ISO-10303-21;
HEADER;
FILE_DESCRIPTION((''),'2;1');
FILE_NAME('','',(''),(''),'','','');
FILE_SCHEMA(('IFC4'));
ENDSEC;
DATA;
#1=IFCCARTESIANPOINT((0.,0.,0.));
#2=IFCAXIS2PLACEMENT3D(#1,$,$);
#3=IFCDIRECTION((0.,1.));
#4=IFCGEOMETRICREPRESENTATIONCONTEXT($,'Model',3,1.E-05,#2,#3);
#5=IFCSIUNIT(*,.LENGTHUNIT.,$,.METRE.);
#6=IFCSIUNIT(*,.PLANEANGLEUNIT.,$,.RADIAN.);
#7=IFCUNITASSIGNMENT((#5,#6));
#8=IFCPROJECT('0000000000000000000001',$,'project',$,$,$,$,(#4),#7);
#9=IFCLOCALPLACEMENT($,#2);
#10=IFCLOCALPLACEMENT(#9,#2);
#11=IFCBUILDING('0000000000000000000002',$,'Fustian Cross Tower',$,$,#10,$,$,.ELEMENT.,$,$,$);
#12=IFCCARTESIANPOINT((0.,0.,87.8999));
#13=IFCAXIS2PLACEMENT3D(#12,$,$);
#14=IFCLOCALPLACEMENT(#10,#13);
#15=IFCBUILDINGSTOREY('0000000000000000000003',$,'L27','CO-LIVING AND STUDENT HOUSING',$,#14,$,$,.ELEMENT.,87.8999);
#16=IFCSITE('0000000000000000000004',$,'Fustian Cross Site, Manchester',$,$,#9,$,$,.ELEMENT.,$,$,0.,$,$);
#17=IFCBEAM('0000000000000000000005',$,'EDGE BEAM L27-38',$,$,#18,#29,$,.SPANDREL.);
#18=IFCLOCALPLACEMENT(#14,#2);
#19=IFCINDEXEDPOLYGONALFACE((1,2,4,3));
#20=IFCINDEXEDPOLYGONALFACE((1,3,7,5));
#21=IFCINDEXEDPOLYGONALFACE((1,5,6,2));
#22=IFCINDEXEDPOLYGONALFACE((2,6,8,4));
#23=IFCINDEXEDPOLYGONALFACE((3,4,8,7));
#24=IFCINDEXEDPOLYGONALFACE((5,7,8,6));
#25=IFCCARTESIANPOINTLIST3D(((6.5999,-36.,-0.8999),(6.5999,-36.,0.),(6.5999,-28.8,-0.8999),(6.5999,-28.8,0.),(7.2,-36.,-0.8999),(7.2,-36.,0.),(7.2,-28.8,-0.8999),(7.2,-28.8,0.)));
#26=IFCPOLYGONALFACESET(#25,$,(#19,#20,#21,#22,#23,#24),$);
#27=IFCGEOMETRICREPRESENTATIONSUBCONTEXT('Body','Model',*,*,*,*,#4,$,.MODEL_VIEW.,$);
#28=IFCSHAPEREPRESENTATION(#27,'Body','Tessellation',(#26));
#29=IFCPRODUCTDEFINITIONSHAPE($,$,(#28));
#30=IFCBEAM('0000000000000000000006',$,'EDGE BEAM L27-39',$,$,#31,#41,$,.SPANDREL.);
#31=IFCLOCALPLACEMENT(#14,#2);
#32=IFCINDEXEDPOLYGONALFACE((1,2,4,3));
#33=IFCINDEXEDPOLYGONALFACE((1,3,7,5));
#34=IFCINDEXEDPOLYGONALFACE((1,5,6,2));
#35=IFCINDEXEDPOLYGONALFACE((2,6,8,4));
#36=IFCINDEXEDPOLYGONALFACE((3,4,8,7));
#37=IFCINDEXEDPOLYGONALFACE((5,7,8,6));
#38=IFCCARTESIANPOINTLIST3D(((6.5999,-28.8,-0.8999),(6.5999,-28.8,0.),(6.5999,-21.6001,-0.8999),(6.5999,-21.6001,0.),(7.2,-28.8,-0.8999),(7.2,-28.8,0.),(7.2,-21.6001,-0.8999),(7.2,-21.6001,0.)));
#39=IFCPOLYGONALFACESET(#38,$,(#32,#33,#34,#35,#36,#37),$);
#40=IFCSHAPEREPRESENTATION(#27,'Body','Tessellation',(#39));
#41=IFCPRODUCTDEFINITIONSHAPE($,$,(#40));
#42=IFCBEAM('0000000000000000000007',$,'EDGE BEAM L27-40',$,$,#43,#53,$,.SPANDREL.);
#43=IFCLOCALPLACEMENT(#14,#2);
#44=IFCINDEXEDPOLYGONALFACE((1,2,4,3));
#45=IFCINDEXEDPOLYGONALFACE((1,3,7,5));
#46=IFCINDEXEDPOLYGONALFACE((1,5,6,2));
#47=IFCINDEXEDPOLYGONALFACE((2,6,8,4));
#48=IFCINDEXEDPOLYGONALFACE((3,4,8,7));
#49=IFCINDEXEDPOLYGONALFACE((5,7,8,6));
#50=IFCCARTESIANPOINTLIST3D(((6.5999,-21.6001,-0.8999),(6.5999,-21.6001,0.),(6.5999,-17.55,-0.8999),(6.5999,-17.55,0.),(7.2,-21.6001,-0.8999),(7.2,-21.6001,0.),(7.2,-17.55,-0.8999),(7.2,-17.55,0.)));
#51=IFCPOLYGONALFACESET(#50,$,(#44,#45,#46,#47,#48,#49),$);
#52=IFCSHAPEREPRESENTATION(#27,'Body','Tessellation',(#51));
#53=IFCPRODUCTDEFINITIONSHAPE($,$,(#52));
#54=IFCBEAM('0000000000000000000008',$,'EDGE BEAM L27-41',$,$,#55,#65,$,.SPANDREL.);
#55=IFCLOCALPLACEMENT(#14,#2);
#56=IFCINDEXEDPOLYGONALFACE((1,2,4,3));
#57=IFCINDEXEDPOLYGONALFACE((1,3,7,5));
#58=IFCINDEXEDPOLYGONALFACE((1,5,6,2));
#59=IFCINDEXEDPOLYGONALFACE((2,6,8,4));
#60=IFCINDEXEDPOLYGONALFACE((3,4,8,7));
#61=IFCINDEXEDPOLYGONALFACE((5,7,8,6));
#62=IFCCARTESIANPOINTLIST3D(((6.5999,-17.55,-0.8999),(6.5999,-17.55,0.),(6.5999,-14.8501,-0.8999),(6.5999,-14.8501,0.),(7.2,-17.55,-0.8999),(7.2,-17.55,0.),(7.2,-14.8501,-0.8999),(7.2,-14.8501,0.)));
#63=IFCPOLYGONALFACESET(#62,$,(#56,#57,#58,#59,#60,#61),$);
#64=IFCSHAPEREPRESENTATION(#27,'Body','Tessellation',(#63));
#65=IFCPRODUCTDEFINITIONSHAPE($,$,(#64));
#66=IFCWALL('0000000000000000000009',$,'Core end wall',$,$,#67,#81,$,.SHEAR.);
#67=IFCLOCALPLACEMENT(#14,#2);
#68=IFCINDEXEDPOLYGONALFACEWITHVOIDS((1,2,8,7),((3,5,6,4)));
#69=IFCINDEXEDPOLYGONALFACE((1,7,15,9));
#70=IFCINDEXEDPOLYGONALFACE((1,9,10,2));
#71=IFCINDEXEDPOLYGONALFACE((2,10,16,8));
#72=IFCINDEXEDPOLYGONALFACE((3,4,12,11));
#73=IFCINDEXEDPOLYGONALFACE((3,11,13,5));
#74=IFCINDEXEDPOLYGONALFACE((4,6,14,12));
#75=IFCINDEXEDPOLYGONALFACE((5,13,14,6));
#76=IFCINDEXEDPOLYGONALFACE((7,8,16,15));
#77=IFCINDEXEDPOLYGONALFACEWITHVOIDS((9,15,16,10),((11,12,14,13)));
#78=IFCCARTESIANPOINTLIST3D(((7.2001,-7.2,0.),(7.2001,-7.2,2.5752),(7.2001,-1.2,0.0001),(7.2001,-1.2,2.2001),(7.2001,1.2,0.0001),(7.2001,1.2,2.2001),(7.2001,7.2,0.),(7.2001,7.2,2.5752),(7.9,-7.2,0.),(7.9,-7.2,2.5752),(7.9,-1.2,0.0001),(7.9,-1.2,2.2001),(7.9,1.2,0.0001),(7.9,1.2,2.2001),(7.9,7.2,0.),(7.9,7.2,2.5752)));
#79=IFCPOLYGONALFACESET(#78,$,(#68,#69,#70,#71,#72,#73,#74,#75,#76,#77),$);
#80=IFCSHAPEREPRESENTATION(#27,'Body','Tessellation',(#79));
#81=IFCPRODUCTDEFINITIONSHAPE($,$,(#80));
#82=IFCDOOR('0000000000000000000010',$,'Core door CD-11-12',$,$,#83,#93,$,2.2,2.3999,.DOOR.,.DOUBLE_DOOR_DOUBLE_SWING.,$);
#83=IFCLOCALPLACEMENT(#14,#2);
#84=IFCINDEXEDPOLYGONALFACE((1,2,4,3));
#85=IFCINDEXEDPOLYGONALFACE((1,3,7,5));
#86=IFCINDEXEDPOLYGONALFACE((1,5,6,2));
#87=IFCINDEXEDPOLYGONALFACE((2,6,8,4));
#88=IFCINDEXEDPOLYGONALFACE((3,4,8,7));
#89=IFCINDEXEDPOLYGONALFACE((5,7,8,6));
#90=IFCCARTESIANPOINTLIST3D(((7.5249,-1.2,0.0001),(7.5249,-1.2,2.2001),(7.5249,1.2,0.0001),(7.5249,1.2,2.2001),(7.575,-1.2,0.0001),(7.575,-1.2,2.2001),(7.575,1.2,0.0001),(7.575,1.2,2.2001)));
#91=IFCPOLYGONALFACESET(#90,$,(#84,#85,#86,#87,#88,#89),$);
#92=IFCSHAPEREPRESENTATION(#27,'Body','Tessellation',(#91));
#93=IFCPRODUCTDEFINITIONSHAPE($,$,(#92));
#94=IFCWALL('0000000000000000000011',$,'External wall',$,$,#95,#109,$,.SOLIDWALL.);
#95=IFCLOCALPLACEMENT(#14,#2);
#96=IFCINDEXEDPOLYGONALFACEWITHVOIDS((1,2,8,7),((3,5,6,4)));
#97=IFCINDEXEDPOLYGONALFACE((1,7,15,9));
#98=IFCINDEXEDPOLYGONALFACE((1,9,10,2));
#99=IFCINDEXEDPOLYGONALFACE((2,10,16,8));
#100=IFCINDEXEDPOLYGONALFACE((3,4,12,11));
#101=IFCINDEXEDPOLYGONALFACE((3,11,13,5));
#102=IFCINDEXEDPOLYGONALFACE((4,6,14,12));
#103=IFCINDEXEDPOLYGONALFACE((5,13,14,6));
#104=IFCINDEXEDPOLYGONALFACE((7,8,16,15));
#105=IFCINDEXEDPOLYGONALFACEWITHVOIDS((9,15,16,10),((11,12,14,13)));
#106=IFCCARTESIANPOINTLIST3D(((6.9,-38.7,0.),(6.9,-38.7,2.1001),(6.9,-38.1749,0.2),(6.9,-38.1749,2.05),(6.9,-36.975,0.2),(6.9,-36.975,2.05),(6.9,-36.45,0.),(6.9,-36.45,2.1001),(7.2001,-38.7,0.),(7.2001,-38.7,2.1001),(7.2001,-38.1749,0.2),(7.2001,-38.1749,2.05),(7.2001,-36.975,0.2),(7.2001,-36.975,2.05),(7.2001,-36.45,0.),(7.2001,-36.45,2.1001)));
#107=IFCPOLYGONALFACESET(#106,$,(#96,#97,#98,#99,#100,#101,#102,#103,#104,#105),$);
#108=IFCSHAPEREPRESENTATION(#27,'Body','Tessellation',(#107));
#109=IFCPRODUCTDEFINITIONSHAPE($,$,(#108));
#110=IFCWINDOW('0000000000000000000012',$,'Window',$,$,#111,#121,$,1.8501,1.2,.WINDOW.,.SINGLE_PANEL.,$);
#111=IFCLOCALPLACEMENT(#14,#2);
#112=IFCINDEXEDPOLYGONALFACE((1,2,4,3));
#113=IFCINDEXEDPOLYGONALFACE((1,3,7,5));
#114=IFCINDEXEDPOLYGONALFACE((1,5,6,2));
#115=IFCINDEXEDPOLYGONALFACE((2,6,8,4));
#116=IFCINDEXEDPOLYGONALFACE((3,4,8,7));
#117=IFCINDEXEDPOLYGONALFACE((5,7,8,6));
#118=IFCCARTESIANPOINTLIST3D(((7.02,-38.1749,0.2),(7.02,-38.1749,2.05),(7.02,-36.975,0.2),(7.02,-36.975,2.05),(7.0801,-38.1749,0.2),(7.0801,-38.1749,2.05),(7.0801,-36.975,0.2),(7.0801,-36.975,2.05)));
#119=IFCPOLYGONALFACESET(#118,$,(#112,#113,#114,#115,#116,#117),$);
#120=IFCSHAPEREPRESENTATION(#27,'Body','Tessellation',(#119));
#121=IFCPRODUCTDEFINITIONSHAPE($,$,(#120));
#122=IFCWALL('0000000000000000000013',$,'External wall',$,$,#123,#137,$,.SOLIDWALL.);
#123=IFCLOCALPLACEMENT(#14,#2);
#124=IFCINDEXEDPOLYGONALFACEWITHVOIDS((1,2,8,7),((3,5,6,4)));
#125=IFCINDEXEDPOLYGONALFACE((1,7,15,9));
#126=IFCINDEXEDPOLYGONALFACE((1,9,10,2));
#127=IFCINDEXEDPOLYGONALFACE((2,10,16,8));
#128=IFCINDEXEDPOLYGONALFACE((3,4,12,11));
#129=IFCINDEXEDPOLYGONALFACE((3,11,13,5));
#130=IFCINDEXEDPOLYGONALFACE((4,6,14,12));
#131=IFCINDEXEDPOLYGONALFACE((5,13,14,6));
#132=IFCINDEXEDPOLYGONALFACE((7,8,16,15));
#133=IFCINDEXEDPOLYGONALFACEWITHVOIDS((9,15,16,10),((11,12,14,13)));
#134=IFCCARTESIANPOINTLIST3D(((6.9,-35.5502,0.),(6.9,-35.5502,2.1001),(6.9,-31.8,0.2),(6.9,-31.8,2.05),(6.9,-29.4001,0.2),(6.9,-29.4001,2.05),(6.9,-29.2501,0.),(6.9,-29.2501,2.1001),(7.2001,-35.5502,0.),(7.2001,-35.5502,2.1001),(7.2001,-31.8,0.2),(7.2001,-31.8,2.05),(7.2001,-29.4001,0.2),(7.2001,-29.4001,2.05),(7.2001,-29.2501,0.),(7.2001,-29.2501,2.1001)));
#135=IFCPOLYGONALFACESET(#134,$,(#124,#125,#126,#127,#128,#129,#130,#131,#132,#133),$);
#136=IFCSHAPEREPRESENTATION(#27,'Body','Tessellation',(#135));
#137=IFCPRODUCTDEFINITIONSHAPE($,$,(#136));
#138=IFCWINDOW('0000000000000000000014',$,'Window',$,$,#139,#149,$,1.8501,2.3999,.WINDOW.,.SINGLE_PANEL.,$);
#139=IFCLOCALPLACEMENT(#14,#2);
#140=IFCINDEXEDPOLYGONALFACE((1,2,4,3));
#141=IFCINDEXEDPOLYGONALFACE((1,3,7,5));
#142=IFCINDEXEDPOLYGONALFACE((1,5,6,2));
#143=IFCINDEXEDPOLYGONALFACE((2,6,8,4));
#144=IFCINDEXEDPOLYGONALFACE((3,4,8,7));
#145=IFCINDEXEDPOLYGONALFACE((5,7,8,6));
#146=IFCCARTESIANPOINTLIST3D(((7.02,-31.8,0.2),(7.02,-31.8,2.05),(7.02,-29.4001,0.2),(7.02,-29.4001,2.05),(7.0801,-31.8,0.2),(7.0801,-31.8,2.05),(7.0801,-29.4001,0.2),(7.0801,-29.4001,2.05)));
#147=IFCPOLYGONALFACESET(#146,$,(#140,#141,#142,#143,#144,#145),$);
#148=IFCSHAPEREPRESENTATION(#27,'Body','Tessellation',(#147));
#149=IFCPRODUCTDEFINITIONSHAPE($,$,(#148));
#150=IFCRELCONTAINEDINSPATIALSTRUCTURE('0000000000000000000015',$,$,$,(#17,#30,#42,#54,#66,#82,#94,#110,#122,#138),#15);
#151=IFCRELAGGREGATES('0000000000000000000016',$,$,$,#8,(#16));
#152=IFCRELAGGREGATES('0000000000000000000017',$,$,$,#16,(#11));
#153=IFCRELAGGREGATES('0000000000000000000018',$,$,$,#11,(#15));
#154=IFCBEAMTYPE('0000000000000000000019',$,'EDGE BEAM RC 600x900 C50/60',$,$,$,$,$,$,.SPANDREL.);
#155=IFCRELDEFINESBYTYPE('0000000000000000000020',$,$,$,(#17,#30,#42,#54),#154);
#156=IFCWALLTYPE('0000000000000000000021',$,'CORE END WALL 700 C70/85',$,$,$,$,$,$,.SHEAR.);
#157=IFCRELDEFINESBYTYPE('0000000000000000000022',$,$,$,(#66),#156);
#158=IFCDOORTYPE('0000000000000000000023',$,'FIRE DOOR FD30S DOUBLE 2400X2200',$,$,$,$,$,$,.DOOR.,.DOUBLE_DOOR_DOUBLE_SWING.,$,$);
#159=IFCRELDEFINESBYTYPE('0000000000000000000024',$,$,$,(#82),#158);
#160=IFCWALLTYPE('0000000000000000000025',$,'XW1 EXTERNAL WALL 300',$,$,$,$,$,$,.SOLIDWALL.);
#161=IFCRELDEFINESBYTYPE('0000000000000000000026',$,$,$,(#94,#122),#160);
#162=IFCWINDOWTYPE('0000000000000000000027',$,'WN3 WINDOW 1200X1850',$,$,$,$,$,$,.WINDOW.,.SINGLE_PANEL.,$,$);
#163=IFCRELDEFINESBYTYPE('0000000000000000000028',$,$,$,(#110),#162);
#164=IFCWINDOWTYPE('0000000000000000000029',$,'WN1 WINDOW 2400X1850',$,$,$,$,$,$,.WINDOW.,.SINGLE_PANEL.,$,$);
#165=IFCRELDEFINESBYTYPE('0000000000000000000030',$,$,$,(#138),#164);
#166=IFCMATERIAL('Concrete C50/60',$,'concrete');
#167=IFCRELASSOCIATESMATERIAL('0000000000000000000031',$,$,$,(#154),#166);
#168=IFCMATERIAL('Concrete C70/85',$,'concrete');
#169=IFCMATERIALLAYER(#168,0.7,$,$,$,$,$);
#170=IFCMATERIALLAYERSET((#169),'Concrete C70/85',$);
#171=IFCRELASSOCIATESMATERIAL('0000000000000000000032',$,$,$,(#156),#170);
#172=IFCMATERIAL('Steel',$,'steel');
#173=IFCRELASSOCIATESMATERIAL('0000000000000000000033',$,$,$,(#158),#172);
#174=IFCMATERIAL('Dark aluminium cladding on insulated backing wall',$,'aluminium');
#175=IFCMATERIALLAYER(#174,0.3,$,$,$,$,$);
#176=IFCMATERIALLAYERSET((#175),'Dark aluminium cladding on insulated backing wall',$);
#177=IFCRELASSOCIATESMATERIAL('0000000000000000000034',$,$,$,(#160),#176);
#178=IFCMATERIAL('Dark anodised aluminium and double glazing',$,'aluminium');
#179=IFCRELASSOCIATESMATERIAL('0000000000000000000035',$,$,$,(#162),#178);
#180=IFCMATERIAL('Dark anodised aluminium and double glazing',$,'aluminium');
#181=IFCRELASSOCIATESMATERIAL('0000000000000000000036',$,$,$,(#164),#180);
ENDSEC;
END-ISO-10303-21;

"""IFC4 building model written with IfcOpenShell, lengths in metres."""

from ifc_helpers import new_model, si_unit, direction, frame, frame_2d, origin, origin_2d, place, context, subcontext, project, spatial, rectangle, extrude, material, layer, layer_set, material_profile, profile_set, type_object, element, fill, save


model = new_model("IFC4")

# Units and contexts
model_context = context("Model", 3, precision=1e-05, world=origin(), true_north=direction((0.0, 1.0)))
body_context = subcontext(model_context, "Body", "Model", "MODEL_VIEW")
ifc_project = project(units=[si_unit("LENGTHUNIT", "METRE"), si_unit("PLANEANGLEUNIT", "RADIAN")], contexts=[model_context])

# Site, building, storey
site_placement = place(None, origin())
site = spatial("IfcSite", under=ifc_project, at=site_placement, Name="Fustian Cross Site, Manchester", CompositionType="ELEMENT", RefElevation=0.0)
building_placement = place(site_placement, origin())
building = spatial("IfcBuilding", under=site, at=building_placement, Name="Fustian Cross Tower", CompositionType="ELEMENT")
storey_placement = place(building_placement, frame((0.0, 0.0, 87.8999)))
storey = spatial("IfcBuildingStorey", under=building, at=storey_placement, Name="L27", Description="CO-LIVING AND STUDENT HOUSING", CompositionType="ELEMENT", Elevation=87.8999)

# Beams
ifc_material_1 = material(Name="Concrete C50/60", Category="concrete")
ifc_material_profile = material_profile(ifc_material_1, rectangle(XDim=0.6001, YDim=0.8999, at=origin_2d()), Name="RC 600x900")
ifc_profile_set = profile_set([ifc_material_profile], Name="Concrete C50/60")
beam_type = type_object("IfcBeamType", Name="EDGE BEAM RC 600x900 C50/60", PredefinedType="SPANDREL", material=ifc_profile_set)
for number, where, z_axis, x_axis, name in (
    (1, (6.8999, -36.0, -0.45), (0.0, 1.0, 0.0), (-1.0, 0.0, 0.0), "EDGE BEAM L27-38"),
    (2, (6.8999, -28.8, -0.45), (0.0, 1.0, 0.0), (-1.0, 0.0, 0.0), "EDGE BEAM L27-39"),
):
    element("IfcBeam", number, at=place(storey_placement, frame(where, z_axis=z_axis, x_axis=x_axis)), inside=storey, type_object=beam_type, Name=name, PredefinedType="SPANDREL", context=body_context, shape_type="SweptSolid", body=[
        extrude(rectangle(XDim=0.6001, YDim=0.8999, at=origin_2d()), origin(), (0.0, 0.0, 1.0), 7.2),
    ])
beam_1_placement = place(storey_placement, frame((6.8999, -21.6001, -0.45), z_axis=(0.0, 1.0, 0.0), x_axis=(-1.0, 0.0, 0.0)))
element("IfcBeam", 3, at=beam_1_placement, inside=storey, type_object=beam_type, Name="EDGE BEAM L27-40", PredefinedType="SPANDREL", context=body_context, shape_type="SweptSolid", body=[
    extrude(rectangle(XDim=0.6001, YDim=0.8999, at=origin_2d()), origin(), (0.0, 0.0, 1.0), 4.05),
])
beam_2_placement = place(storey_placement, frame((6.8999, -17.55, -0.45), z_axis=(0.0, 1.0, 0.0), x_axis=(-1.0, 0.0, 0.0)))
element("IfcBeam", 4, at=beam_2_placement, inside=storey, type_object=beam_type, Name="EDGE BEAM L27-41", PredefinedType="SPANDREL", context=body_context, shape_type="SweptSolid", body=[
    extrude(rectangle(XDim=0.6001, YDim=0.8999, at=origin_2d()), origin(), (0.0, 0.0, 1.0), 2.7),
])

# Wall, opening, door
ifc_material_2 = material(Name="Concrete C70/85", Category="concrete")
ifc_layer_1 = layer(ifc_material_2, 0.7)
ifc_layer_set_1 = layer_set([ifc_layer_1], Name="Concrete C70/85")
wall_type_1 = type_object("IfcWallType", Name="CORE END WALL 700 C70/85", PredefinedType="SHEAR", material=ifc_layer_set_1)
wall_1_placement = place(storey_placement, frame((7.55, -7.2, 0.0), z_axis=(0.0, 0.0, 1.0), x_axis=(0.0, 1.0, 0.0)))
wall_1 = element("IfcWall", 5, at=wall_1_placement, inside=storey, type_object=wall_type_1, Name="Core end wall", PredefinedType="SHEAR", context=body_context, shape_type="SweptSolid", body=[
    extrude(rectangle(XDim=14.3999, YDim=0.7, at=frame_2d((7.2, 0.0))), origin(), (0.0, 0.0, 1.0), 2.5752),
])
opening_1_placement = place(wall_1_placement, frame((6.0, 0.0, 0.0)))
opening_1 = element("IfcOpeningElement", 6, at=opening_1_placement, cuts=wall_1, PredefinedType="OPENING", context=body_context, shape_type="SweptSolid", body=[
    extrude(rectangle(XDim=2.3999, YDim=2.2, at=frame_2d((1.2, 1.1001))), frame((0.0, 0.3599, 0.0), z_axis=(0.0, -1.0, 0.0), x_axis=(1.0, 0.0, 0.0)), (0.0, 0.0, 1.0), 0.72),
])
ifc_material_3 = material(Name="Steel", Category="steel")
door_type = type_object("IfcDoorType", Name="FIRE DOOR FD30S DOUBLE 2400X2200", OperationType="DOUBLE_DOOR_DOUBLE_SWING", PredefinedType="DOOR", material=ifc_material_3)
door_placement = place(opening_1_placement, frame((2.3999, 0.0, 0.0), z_axis=(0.0, 0.0, 1.0), x_axis=(-1.0, 0.0, 0.0)))
door = element("IfcDoor", 7, at=door_placement, inside=storey, type_object=door_type, Name="Core door CD-11-12", OperationType="DOUBLE_DOOR_DOUBLE_SWING", OverallHeight=2.2, OverallWidth=2.3999, PredefinedType="DOOR", context=body_context, shape_type="SweptSolid", body=[
    extrude(rectangle(XDim=2.3999, YDim=2.2, at=frame_2d((1.2, 1.1001))), frame((0.0, 0.0249, 0.0), z_axis=(0.0, -1.0, 0.0), x_axis=(1.0, 0.0, 0.0)), (0.0, 0.0, 1.0), 0.05),
])
fill(opening_1, door)

# Walls, openings, windows
ifc_material_4 = material(Name="Dark aluminium cladding on insulated backing wall", Category="aluminium")
ifc_layer_2 = layer(ifc_material_4, 0.3)
ifc_layer_set_2 = layer_set([ifc_layer_2], Name="Dark aluminium cladding on insulated backing wall")
wall_type_2 = type_object("IfcWallType", Name="XW1 EXTERNAL WALL 300", PredefinedType="SOLIDWALL", material=ifc_layer_set_2)
wall_2_placement = place(storey_placement, frame((7.05, -38.7, 0.0), z_axis=(0.0, 0.0, 1.0), x_axis=(0.0, 1.0, 0.0)))
wall_2 = element("IfcWall", 8, at=wall_2_placement, inside=storey, type_object=wall_type_2, Name="External wall", PredefinedType="SOLIDWALL", context=body_context, shape_type="SweptSolid", body=[
    extrude(rectangle(XDim=2.25, YDim=0.3, at=frame_2d((1.125, 0.0))), origin(), (0.0, 0.0, 1.0), 2.1001),
])
opening_2_placement = place(wall_2_placement, frame((0.5249, 0.0, 0.2)))
opening_2 = element("IfcOpeningElement", 9, at=opening_2_placement, cuts=wall_2, PredefinedType="OPENING", context=body_context, shape_type="SweptSolid", body=[
    extrude(rectangle(XDim=1.2, YDim=1.8501, at=frame_2d((0.6001, 0.925))), frame((0.0, 0.1599, 0.0), z_axis=(0.0, -1.0, 0.0), x_axis=(1.0, 0.0, 0.0)), (0.0, 0.0, 1.0), 0.3201),
])
ifc_material_5 = material(Name="Dark anodised aluminium and double glazing", Category="aluminium")
window_type_1 = type_object("IfcWindowType", Name="WN3 WINDOW 1200X1850", PartitioningType="SINGLE_PANEL", PredefinedType="WINDOW", material=ifc_material_5)
window_1_placement = place(opening_2_placement, origin())
window_1 = element("IfcWindow", 10, at=window_1_placement, inside=storey, type_object=window_type_1, Name="Window", OverallHeight=1.8501, OverallWidth=1.2, PartitioningType="SINGLE_PANEL", PredefinedType="WINDOW", context=body_context, shape_type="SweptSolid", body=[
    extrude(rectangle(XDim=1.2, YDim=1.8501, at=frame_2d((0.6001, 0.925))), frame((0.0, 0.03, 0.0), z_axis=(0.0, -1.0, 0.0), x_axis=(1.0, 0.0, 0.0)), (0.0, 0.0, 1.0), 0.0601),
])
fill(opening_2, window_1)
wall_3_placement = place(storey_placement, frame((7.05, -35.55, 0.0), z_axis=(0.0, 0.0, 1.0), x_axis=(0.0, 1.0, 0.0)))
wall_3 = element("IfcWall", 11, at=wall_3_placement, inside=storey, type_object=wall_type_2, Name="External wall", PredefinedType="SOLIDWALL", context=body_context, shape_type="SweptSolid", body=[
    extrude(rectangle(XDim=6.3, YDim=0.3, at=frame_2d((3.1499, 0.0))), origin(), (0.0, 0.0, 1.0), 2.1001),
])
opening_3_placement = place(wall_3_placement, frame((3.75, 0.0, 0.2)))
opening_3 = element("IfcOpeningElement", 12, at=opening_3_placement, cuts=wall_3, PredefinedType="OPENING", context=body_context, shape_type="SweptSolid", body=[
    extrude(rectangle(XDim=2.3999, YDim=1.8501, at=frame_2d((1.2, 0.925))), frame((0.0, 0.1599, 0.0), z_axis=(0.0, -1.0, 0.0), x_axis=(1.0, 0.0, 0.0)), (0.0, 0.0, 1.0), 0.3201),
])
ifc_material_6 = material(Name="Dark anodised aluminium and double glazing", Category="aluminium")
window_type_2 = type_object("IfcWindowType", Name="WN1 WINDOW 2400X1850", PartitioningType="SINGLE_PANEL", PredefinedType="WINDOW", material=ifc_material_6)
window_2_placement = place(opening_3_placement, origin())
window_2 = element("IfcWindow", 13, at=window_2_placement, inside=storey, type_object=window_type_2, Name="Window", OverallHeight=1.8501, OverallWidth=2.3999, PartitioningType="SINGLE_PANEL", PredefinedType="WINDOW", context=body_context, shape_type="SweptSolid", body=[
    extrude(rectangle(XDim=2.3999, YDim=1.8501, at=frame_2d((1.2, 0.925))), frame((0.0, 0.03, 0.0), z_axis=(0.0, -1.0, 0.0), x_axis=(1.0, 0.0, 0.0)), (0.0, 0.0, 1.0), 0.0601),
])
fill(opening_3, window_2)

save(model, "model.ifc")
